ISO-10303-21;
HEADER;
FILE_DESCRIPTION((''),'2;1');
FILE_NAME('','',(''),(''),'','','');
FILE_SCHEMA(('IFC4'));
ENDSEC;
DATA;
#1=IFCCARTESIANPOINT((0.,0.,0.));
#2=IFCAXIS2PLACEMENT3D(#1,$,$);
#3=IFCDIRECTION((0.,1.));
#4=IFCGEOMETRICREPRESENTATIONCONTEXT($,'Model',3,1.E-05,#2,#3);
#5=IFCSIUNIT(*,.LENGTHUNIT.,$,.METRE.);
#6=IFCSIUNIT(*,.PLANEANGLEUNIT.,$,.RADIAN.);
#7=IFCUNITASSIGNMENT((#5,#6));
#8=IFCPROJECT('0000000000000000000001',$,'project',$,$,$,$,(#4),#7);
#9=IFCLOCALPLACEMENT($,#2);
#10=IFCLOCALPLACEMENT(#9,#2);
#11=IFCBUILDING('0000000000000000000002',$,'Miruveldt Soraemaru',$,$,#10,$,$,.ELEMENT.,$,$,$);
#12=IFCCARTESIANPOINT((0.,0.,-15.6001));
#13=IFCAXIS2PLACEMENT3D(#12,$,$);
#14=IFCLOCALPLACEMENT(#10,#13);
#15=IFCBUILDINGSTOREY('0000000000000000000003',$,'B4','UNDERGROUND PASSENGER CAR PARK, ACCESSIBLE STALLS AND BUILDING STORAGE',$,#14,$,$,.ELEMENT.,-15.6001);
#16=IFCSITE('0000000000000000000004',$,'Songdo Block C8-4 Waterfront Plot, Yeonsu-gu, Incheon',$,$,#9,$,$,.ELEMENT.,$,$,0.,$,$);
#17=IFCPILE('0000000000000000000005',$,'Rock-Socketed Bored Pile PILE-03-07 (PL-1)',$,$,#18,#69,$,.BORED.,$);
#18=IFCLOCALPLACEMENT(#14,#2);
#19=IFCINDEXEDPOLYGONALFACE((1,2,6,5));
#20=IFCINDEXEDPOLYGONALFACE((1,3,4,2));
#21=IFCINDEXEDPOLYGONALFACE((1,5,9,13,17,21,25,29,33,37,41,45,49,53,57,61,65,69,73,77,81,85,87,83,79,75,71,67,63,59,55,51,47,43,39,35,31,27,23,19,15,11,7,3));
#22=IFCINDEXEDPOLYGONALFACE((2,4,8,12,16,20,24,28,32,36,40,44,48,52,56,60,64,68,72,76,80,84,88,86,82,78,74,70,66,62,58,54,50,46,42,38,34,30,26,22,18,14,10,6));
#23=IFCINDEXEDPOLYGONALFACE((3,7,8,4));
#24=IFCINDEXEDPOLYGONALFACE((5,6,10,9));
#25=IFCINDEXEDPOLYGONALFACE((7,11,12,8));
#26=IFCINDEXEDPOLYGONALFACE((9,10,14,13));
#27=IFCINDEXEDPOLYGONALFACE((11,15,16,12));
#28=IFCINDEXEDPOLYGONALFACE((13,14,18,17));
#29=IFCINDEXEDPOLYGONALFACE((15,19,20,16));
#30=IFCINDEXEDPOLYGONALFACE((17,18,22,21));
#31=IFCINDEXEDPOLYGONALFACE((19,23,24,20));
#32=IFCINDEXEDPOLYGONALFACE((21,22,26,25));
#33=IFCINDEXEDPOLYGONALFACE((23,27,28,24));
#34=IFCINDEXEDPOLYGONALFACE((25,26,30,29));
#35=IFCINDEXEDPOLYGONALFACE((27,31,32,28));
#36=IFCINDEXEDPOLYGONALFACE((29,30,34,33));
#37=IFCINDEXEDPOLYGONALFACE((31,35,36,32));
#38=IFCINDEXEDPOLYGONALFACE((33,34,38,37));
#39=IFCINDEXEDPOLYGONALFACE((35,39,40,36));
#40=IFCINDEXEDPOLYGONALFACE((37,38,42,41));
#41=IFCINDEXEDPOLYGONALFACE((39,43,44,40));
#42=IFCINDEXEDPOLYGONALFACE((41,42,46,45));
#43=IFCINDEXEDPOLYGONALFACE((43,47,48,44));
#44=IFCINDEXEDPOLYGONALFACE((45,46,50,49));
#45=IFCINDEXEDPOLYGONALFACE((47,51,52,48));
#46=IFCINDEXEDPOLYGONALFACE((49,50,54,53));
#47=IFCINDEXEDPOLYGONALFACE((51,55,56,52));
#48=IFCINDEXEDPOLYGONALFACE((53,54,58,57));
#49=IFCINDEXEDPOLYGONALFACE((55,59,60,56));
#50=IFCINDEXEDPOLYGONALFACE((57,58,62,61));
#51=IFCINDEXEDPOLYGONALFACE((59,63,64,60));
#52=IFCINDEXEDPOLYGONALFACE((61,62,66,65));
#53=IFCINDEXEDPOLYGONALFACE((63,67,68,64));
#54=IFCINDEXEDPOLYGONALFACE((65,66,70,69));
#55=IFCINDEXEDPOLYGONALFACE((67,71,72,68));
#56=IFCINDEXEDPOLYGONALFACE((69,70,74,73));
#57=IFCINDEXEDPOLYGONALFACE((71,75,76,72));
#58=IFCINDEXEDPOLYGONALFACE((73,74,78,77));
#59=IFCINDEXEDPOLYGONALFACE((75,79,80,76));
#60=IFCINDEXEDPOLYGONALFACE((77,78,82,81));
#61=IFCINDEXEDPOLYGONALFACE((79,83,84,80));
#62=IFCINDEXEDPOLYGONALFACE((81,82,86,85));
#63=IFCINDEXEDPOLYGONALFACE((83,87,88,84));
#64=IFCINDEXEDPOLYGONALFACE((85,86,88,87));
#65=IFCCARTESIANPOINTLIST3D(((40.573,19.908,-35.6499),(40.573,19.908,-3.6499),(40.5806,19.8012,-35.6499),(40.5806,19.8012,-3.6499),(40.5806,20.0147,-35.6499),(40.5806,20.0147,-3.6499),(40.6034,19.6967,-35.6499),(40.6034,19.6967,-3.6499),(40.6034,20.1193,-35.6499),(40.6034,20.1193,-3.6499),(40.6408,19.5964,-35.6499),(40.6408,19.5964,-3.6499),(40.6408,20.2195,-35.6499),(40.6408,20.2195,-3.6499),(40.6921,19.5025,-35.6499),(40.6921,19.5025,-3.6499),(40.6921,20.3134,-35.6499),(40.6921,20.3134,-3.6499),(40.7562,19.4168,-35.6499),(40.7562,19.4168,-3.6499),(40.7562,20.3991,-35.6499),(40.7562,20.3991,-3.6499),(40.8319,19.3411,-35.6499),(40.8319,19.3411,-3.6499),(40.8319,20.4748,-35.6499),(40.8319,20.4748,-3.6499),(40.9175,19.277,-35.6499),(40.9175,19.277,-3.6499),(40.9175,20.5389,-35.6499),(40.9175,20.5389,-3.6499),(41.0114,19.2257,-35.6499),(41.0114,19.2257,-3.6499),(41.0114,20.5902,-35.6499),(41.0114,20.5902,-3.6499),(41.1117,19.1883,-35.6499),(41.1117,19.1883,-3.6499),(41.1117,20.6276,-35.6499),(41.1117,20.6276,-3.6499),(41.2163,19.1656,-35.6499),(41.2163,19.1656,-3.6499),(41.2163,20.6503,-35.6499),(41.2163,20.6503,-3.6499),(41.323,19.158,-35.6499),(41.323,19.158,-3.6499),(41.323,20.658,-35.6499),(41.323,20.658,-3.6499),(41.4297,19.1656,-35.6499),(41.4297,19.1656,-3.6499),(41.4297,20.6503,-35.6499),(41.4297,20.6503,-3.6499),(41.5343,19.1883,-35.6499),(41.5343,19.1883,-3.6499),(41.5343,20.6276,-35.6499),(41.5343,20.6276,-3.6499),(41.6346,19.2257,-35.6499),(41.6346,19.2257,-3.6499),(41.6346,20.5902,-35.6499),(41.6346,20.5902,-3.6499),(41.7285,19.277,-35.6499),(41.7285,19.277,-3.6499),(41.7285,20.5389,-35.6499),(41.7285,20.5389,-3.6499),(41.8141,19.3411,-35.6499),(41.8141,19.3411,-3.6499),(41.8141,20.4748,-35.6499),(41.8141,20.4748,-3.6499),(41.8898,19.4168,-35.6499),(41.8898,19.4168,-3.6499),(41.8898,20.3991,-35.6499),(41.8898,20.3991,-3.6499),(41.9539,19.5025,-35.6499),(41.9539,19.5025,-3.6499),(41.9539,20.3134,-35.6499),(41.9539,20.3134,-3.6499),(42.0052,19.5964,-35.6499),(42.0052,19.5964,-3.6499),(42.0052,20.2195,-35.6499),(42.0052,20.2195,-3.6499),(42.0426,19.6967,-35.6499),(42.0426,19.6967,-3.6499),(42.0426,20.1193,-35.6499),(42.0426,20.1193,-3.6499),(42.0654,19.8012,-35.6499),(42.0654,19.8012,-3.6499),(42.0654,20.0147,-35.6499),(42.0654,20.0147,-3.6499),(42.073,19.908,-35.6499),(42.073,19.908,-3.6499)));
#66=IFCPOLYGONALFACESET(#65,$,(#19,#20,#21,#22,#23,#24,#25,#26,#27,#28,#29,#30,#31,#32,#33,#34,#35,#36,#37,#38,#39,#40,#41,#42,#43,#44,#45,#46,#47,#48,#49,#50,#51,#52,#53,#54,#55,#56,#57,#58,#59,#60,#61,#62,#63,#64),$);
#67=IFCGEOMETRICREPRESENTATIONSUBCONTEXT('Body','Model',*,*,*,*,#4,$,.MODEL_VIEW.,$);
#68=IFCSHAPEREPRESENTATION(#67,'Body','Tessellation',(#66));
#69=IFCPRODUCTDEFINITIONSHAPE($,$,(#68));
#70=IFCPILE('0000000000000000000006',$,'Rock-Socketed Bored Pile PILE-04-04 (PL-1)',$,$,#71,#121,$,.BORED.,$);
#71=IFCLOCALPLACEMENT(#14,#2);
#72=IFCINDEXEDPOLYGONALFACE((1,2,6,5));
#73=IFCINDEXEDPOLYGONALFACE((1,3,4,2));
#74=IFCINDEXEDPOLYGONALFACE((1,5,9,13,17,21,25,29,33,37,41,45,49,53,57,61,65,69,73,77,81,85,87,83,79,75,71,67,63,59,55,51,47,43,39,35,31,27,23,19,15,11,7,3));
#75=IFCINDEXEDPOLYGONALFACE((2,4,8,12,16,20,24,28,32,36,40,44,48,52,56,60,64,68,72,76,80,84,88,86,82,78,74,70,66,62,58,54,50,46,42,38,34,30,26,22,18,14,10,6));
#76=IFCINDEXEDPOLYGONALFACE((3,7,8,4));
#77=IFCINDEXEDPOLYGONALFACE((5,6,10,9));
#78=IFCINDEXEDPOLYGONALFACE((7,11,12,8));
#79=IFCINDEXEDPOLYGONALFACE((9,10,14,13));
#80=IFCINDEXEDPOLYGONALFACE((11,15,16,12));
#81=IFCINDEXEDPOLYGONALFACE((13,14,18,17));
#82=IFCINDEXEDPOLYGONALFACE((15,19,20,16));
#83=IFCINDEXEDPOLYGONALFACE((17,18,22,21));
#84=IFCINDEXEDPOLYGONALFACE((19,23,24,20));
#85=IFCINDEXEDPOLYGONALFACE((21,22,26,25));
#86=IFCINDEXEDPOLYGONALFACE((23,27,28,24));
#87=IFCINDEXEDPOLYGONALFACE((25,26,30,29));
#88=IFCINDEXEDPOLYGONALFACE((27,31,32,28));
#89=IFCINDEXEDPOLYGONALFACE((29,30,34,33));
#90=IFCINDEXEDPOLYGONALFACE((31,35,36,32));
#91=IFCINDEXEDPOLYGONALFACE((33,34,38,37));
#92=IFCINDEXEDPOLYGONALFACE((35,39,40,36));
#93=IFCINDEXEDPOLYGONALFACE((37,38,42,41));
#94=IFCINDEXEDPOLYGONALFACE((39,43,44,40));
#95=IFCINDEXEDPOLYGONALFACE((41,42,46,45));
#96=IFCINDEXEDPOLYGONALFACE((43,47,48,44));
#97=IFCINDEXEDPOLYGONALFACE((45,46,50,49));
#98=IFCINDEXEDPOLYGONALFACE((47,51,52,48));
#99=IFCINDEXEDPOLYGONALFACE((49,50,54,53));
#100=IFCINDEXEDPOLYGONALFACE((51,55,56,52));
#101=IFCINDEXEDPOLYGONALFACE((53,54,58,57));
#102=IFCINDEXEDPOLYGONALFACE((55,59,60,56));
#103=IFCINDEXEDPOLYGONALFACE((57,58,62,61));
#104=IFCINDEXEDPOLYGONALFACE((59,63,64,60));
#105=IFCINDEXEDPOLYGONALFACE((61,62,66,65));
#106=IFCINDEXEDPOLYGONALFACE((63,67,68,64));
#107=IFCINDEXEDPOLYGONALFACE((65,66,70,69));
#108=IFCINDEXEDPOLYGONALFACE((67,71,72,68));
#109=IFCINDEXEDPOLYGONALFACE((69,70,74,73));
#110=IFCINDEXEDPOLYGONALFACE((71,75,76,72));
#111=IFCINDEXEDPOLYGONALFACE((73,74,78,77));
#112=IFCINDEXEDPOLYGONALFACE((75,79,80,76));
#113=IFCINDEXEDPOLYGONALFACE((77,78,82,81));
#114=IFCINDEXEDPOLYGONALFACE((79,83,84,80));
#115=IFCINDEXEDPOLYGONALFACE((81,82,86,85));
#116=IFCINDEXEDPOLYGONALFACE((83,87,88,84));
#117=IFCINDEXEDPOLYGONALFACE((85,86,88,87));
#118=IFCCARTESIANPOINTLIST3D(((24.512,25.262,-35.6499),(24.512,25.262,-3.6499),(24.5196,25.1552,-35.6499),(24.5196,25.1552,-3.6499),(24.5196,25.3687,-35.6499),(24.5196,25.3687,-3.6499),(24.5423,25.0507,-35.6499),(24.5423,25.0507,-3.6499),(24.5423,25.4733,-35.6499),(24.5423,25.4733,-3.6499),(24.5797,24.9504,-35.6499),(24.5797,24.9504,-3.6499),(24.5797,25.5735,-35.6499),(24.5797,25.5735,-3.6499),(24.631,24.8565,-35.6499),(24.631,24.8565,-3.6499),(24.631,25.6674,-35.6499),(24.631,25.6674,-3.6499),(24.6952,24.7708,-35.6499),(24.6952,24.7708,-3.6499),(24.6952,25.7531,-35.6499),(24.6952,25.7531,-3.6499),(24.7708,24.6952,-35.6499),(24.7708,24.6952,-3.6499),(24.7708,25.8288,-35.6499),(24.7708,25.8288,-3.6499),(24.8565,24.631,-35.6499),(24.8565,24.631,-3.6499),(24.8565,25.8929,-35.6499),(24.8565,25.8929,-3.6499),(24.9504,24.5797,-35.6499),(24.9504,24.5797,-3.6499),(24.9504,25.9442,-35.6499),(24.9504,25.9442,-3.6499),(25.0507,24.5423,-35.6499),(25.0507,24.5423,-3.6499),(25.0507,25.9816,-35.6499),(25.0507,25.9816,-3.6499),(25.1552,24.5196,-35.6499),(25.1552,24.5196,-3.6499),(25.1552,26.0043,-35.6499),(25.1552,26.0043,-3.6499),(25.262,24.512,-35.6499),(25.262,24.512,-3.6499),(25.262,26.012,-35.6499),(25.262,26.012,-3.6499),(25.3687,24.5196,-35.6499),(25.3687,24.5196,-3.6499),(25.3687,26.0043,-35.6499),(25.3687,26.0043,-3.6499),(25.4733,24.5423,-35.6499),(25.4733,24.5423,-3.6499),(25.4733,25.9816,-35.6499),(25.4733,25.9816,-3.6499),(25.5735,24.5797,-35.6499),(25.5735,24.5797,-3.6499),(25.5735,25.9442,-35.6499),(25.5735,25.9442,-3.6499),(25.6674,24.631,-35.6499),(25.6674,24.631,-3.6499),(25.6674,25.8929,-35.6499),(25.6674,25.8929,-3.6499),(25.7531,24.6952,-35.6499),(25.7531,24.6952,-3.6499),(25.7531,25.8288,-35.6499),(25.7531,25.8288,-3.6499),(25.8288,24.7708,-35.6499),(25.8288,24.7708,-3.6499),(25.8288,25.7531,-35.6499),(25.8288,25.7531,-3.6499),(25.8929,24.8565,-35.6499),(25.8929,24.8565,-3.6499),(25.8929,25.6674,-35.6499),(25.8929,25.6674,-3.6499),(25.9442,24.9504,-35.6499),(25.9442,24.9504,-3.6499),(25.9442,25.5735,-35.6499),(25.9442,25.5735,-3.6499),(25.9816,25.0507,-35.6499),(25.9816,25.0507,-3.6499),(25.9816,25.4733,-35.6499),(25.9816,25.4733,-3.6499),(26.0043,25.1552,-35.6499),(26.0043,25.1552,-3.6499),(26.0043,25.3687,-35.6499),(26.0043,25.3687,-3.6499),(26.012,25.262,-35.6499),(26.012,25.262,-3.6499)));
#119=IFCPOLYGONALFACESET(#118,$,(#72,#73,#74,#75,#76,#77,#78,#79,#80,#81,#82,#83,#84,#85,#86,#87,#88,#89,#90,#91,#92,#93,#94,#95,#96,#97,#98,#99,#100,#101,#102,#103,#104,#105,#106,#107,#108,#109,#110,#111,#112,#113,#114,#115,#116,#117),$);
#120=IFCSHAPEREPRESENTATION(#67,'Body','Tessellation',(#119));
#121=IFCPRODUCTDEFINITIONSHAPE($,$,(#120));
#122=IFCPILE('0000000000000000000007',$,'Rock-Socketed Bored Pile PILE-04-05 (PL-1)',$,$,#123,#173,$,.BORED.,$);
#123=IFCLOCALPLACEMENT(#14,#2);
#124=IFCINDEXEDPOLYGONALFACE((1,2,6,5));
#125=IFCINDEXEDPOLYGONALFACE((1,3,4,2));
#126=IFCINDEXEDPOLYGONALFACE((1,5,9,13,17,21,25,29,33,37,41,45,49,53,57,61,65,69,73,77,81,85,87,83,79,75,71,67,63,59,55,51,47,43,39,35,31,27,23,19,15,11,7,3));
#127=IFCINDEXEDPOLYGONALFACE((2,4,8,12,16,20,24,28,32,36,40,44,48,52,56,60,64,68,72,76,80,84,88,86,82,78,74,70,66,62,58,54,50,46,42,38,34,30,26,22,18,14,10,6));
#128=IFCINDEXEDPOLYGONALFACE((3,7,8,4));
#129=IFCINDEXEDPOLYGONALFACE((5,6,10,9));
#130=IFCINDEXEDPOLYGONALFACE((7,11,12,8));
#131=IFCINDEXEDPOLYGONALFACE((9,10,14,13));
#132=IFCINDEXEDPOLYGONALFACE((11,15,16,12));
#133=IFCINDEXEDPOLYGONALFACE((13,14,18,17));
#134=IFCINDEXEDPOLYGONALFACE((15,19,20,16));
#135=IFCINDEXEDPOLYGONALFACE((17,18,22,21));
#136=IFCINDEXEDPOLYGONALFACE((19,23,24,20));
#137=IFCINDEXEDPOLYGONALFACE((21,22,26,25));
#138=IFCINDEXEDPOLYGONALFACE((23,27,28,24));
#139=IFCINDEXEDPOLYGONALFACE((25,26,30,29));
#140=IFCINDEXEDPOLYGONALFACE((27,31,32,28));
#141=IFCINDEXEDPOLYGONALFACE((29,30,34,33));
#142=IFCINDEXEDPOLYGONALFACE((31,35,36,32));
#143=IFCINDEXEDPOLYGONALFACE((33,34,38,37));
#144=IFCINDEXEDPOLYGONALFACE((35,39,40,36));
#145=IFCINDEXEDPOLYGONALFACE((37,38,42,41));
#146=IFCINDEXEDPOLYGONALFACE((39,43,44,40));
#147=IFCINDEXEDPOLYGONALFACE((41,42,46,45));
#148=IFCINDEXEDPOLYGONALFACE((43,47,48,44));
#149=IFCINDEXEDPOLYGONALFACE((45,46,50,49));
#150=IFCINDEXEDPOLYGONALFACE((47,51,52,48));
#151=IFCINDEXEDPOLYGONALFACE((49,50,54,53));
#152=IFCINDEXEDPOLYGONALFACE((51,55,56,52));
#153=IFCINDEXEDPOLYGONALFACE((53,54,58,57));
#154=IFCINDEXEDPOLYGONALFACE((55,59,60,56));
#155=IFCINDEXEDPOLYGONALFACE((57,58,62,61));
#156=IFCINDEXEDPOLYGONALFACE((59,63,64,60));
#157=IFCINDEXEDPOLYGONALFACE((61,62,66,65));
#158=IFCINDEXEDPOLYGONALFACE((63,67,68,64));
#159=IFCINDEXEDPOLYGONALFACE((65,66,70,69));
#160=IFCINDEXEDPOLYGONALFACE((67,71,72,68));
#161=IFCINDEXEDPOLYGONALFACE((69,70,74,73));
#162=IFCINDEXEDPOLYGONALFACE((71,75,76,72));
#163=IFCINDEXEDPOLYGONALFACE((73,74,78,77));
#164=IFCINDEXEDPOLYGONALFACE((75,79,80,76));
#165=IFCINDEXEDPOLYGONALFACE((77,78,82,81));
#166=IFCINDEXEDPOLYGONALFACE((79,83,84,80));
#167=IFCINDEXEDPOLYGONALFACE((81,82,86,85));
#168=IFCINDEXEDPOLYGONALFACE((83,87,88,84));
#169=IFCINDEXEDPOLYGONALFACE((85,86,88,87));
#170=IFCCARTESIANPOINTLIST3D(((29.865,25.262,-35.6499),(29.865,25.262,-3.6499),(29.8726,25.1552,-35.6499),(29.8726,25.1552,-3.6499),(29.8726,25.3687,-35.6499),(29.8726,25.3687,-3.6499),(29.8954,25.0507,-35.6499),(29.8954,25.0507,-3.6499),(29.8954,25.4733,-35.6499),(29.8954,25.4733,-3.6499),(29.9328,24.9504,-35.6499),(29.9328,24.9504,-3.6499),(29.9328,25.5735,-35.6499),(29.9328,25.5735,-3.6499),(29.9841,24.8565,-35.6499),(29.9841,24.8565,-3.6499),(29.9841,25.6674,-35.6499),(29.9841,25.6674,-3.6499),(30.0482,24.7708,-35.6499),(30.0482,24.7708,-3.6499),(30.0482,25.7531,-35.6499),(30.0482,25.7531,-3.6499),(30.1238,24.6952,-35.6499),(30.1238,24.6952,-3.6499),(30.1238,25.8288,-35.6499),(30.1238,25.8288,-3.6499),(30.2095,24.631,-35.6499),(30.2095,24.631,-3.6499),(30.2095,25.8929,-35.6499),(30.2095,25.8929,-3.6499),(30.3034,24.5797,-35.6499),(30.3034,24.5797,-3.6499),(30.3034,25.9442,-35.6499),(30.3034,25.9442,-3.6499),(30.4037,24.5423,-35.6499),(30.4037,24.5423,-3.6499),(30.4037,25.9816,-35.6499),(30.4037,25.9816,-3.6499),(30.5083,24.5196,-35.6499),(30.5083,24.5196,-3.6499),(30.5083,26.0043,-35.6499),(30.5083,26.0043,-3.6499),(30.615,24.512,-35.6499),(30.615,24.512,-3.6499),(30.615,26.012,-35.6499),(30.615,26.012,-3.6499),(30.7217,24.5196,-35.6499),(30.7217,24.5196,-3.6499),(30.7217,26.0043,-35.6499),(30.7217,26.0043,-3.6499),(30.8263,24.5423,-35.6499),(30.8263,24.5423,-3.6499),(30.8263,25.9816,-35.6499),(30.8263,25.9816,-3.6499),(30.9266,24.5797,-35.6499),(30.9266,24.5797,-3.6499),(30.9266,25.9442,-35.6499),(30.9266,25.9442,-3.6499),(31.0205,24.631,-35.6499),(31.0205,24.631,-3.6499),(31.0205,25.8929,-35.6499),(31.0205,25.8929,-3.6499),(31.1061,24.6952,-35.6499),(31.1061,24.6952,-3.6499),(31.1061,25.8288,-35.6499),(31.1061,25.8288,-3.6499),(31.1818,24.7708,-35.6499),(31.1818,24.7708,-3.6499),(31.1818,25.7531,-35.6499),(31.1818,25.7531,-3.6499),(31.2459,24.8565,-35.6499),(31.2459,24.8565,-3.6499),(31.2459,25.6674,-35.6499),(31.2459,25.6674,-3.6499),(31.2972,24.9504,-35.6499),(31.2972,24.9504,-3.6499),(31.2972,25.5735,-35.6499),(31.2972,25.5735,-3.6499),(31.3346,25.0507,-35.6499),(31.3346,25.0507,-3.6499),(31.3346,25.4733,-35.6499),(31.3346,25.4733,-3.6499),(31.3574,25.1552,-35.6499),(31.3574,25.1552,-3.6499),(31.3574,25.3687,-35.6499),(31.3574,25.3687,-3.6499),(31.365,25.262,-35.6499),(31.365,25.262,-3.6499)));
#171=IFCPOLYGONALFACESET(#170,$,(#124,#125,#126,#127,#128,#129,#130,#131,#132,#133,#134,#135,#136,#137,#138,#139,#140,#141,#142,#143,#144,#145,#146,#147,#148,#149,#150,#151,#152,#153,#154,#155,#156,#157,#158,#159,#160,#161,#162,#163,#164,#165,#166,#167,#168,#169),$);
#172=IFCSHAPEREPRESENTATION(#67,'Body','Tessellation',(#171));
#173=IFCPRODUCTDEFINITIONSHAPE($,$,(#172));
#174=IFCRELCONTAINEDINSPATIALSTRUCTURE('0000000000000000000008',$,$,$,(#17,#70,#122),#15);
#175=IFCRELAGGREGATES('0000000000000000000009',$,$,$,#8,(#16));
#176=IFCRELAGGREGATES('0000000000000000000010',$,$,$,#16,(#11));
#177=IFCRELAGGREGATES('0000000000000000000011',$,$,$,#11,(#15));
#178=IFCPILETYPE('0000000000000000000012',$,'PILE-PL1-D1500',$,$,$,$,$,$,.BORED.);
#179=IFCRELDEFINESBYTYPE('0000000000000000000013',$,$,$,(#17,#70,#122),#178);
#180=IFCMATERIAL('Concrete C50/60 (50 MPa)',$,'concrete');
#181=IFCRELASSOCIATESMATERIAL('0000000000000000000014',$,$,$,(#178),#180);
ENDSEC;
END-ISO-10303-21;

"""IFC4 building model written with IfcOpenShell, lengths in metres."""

from ifc_helpers import new_model, si_unit, direction, frame, origin, origin_2d, place, context, subcontext, project, spatial, circle, extrude, material, material_profile, profile_set, type_object, element, save


model = new_model("IFC4")

# Units and contexts
model_context = context("Model", 3, precision=1e-05, world=origin(), true_north=direction((0.0, 1.0)))
body_context = subcontext(model_context, "Body", "Model", "MODEL_VIEW")
ifc_project = project(units=[si_unit("LENGTHUNIT", "METRE"), si_unit("PLANEANGLEUNIT", "RADIAN")], contexts=[model_context])

# Site, building, storey
site_placement = place(None, origin())
site = spatial("IfcSite", under=ifc_project, at=site_placement, Name="Songdo Block C8-4 Waterfront Plot, Yeonsu-gu, Incheon", CompositionType="ELEMENT", RefElevation=0.0)
building_placement = place(site_placement, origin())
building = spatial("IfcBuilding", under=site, at=building_placement, Name="Miruveldt Soraemaru", CompositionType="ELEMENT")
storey_placement = place(building_placement, frame((0.0, 0.0, -15.6001)))
storey = spatial("IfcBuildingStorey", under=building, at=storey_placement, Name="B4", Description="UNDERGROUND PASSENGER CAR PARK, ACCESSIBLE STALLS AND BUILDING STORAGE", CompositionType="ELEMENT", Elevation=-15.6001)

# Shared definitions
ifc_material_1 = material(Name="Concrete C50/60 (50 MPa)", Category="concrete")

# Piles
ifc_material_profile_1 = material_profile(ifc_material_1, circle(Radius=0.75, at=origin_2d()), Name="Concrete C50/60 (50 MPa)", Category="concrete")
ifc_profile_set_1 = profile_set([ifc_material_profile_1], Name="Concrete C50/60 (50 MPa)")
pile_type_1 = type_object("IfcPileType", Name="PILE-PL1-D1500", PredefinedType="BORED", material=ifc_profile_set_1)
for number, where, z_axis, x_axis, name in (
    (1, (41.323, 19.908, -3.6499), (0.0, 0.0, -1.0), (1.0, 0.0, 0.0), "Rock-Socketed Bored Pile PILE-03-07 (PL-1)"),
    (2, (25.262, 25.262, -3.6499), (0.0, 0.0, -1.0), (1.0, 0.0, 0.0), "Rock-Socketed Bored Pile PILE-04-04 (PL-1)"),
    (3, (30.615, 25.262, -3.6499), (0.0, 0.0, -1.0), (1.0, 0.0, 0.0), "Rock-Socketed Bored Pile PILE-04-05 (PL-1)"),
):
    element("IfcPile", number, at=place(storey_placement, frame(where, z_axis=z_axis, x_axis=x_axis)), inside=storey, type_object=pile_type_1, Name=name, PredefinedType="BORED", context=body_context, shape_type="SweptSolid", body=[
        extrude(circle(Radius=0.75, at=origin_2d()), origin(), (0.0, 0.0, 1.0), 32.0),
    ])

save(model, "model.ifc")
